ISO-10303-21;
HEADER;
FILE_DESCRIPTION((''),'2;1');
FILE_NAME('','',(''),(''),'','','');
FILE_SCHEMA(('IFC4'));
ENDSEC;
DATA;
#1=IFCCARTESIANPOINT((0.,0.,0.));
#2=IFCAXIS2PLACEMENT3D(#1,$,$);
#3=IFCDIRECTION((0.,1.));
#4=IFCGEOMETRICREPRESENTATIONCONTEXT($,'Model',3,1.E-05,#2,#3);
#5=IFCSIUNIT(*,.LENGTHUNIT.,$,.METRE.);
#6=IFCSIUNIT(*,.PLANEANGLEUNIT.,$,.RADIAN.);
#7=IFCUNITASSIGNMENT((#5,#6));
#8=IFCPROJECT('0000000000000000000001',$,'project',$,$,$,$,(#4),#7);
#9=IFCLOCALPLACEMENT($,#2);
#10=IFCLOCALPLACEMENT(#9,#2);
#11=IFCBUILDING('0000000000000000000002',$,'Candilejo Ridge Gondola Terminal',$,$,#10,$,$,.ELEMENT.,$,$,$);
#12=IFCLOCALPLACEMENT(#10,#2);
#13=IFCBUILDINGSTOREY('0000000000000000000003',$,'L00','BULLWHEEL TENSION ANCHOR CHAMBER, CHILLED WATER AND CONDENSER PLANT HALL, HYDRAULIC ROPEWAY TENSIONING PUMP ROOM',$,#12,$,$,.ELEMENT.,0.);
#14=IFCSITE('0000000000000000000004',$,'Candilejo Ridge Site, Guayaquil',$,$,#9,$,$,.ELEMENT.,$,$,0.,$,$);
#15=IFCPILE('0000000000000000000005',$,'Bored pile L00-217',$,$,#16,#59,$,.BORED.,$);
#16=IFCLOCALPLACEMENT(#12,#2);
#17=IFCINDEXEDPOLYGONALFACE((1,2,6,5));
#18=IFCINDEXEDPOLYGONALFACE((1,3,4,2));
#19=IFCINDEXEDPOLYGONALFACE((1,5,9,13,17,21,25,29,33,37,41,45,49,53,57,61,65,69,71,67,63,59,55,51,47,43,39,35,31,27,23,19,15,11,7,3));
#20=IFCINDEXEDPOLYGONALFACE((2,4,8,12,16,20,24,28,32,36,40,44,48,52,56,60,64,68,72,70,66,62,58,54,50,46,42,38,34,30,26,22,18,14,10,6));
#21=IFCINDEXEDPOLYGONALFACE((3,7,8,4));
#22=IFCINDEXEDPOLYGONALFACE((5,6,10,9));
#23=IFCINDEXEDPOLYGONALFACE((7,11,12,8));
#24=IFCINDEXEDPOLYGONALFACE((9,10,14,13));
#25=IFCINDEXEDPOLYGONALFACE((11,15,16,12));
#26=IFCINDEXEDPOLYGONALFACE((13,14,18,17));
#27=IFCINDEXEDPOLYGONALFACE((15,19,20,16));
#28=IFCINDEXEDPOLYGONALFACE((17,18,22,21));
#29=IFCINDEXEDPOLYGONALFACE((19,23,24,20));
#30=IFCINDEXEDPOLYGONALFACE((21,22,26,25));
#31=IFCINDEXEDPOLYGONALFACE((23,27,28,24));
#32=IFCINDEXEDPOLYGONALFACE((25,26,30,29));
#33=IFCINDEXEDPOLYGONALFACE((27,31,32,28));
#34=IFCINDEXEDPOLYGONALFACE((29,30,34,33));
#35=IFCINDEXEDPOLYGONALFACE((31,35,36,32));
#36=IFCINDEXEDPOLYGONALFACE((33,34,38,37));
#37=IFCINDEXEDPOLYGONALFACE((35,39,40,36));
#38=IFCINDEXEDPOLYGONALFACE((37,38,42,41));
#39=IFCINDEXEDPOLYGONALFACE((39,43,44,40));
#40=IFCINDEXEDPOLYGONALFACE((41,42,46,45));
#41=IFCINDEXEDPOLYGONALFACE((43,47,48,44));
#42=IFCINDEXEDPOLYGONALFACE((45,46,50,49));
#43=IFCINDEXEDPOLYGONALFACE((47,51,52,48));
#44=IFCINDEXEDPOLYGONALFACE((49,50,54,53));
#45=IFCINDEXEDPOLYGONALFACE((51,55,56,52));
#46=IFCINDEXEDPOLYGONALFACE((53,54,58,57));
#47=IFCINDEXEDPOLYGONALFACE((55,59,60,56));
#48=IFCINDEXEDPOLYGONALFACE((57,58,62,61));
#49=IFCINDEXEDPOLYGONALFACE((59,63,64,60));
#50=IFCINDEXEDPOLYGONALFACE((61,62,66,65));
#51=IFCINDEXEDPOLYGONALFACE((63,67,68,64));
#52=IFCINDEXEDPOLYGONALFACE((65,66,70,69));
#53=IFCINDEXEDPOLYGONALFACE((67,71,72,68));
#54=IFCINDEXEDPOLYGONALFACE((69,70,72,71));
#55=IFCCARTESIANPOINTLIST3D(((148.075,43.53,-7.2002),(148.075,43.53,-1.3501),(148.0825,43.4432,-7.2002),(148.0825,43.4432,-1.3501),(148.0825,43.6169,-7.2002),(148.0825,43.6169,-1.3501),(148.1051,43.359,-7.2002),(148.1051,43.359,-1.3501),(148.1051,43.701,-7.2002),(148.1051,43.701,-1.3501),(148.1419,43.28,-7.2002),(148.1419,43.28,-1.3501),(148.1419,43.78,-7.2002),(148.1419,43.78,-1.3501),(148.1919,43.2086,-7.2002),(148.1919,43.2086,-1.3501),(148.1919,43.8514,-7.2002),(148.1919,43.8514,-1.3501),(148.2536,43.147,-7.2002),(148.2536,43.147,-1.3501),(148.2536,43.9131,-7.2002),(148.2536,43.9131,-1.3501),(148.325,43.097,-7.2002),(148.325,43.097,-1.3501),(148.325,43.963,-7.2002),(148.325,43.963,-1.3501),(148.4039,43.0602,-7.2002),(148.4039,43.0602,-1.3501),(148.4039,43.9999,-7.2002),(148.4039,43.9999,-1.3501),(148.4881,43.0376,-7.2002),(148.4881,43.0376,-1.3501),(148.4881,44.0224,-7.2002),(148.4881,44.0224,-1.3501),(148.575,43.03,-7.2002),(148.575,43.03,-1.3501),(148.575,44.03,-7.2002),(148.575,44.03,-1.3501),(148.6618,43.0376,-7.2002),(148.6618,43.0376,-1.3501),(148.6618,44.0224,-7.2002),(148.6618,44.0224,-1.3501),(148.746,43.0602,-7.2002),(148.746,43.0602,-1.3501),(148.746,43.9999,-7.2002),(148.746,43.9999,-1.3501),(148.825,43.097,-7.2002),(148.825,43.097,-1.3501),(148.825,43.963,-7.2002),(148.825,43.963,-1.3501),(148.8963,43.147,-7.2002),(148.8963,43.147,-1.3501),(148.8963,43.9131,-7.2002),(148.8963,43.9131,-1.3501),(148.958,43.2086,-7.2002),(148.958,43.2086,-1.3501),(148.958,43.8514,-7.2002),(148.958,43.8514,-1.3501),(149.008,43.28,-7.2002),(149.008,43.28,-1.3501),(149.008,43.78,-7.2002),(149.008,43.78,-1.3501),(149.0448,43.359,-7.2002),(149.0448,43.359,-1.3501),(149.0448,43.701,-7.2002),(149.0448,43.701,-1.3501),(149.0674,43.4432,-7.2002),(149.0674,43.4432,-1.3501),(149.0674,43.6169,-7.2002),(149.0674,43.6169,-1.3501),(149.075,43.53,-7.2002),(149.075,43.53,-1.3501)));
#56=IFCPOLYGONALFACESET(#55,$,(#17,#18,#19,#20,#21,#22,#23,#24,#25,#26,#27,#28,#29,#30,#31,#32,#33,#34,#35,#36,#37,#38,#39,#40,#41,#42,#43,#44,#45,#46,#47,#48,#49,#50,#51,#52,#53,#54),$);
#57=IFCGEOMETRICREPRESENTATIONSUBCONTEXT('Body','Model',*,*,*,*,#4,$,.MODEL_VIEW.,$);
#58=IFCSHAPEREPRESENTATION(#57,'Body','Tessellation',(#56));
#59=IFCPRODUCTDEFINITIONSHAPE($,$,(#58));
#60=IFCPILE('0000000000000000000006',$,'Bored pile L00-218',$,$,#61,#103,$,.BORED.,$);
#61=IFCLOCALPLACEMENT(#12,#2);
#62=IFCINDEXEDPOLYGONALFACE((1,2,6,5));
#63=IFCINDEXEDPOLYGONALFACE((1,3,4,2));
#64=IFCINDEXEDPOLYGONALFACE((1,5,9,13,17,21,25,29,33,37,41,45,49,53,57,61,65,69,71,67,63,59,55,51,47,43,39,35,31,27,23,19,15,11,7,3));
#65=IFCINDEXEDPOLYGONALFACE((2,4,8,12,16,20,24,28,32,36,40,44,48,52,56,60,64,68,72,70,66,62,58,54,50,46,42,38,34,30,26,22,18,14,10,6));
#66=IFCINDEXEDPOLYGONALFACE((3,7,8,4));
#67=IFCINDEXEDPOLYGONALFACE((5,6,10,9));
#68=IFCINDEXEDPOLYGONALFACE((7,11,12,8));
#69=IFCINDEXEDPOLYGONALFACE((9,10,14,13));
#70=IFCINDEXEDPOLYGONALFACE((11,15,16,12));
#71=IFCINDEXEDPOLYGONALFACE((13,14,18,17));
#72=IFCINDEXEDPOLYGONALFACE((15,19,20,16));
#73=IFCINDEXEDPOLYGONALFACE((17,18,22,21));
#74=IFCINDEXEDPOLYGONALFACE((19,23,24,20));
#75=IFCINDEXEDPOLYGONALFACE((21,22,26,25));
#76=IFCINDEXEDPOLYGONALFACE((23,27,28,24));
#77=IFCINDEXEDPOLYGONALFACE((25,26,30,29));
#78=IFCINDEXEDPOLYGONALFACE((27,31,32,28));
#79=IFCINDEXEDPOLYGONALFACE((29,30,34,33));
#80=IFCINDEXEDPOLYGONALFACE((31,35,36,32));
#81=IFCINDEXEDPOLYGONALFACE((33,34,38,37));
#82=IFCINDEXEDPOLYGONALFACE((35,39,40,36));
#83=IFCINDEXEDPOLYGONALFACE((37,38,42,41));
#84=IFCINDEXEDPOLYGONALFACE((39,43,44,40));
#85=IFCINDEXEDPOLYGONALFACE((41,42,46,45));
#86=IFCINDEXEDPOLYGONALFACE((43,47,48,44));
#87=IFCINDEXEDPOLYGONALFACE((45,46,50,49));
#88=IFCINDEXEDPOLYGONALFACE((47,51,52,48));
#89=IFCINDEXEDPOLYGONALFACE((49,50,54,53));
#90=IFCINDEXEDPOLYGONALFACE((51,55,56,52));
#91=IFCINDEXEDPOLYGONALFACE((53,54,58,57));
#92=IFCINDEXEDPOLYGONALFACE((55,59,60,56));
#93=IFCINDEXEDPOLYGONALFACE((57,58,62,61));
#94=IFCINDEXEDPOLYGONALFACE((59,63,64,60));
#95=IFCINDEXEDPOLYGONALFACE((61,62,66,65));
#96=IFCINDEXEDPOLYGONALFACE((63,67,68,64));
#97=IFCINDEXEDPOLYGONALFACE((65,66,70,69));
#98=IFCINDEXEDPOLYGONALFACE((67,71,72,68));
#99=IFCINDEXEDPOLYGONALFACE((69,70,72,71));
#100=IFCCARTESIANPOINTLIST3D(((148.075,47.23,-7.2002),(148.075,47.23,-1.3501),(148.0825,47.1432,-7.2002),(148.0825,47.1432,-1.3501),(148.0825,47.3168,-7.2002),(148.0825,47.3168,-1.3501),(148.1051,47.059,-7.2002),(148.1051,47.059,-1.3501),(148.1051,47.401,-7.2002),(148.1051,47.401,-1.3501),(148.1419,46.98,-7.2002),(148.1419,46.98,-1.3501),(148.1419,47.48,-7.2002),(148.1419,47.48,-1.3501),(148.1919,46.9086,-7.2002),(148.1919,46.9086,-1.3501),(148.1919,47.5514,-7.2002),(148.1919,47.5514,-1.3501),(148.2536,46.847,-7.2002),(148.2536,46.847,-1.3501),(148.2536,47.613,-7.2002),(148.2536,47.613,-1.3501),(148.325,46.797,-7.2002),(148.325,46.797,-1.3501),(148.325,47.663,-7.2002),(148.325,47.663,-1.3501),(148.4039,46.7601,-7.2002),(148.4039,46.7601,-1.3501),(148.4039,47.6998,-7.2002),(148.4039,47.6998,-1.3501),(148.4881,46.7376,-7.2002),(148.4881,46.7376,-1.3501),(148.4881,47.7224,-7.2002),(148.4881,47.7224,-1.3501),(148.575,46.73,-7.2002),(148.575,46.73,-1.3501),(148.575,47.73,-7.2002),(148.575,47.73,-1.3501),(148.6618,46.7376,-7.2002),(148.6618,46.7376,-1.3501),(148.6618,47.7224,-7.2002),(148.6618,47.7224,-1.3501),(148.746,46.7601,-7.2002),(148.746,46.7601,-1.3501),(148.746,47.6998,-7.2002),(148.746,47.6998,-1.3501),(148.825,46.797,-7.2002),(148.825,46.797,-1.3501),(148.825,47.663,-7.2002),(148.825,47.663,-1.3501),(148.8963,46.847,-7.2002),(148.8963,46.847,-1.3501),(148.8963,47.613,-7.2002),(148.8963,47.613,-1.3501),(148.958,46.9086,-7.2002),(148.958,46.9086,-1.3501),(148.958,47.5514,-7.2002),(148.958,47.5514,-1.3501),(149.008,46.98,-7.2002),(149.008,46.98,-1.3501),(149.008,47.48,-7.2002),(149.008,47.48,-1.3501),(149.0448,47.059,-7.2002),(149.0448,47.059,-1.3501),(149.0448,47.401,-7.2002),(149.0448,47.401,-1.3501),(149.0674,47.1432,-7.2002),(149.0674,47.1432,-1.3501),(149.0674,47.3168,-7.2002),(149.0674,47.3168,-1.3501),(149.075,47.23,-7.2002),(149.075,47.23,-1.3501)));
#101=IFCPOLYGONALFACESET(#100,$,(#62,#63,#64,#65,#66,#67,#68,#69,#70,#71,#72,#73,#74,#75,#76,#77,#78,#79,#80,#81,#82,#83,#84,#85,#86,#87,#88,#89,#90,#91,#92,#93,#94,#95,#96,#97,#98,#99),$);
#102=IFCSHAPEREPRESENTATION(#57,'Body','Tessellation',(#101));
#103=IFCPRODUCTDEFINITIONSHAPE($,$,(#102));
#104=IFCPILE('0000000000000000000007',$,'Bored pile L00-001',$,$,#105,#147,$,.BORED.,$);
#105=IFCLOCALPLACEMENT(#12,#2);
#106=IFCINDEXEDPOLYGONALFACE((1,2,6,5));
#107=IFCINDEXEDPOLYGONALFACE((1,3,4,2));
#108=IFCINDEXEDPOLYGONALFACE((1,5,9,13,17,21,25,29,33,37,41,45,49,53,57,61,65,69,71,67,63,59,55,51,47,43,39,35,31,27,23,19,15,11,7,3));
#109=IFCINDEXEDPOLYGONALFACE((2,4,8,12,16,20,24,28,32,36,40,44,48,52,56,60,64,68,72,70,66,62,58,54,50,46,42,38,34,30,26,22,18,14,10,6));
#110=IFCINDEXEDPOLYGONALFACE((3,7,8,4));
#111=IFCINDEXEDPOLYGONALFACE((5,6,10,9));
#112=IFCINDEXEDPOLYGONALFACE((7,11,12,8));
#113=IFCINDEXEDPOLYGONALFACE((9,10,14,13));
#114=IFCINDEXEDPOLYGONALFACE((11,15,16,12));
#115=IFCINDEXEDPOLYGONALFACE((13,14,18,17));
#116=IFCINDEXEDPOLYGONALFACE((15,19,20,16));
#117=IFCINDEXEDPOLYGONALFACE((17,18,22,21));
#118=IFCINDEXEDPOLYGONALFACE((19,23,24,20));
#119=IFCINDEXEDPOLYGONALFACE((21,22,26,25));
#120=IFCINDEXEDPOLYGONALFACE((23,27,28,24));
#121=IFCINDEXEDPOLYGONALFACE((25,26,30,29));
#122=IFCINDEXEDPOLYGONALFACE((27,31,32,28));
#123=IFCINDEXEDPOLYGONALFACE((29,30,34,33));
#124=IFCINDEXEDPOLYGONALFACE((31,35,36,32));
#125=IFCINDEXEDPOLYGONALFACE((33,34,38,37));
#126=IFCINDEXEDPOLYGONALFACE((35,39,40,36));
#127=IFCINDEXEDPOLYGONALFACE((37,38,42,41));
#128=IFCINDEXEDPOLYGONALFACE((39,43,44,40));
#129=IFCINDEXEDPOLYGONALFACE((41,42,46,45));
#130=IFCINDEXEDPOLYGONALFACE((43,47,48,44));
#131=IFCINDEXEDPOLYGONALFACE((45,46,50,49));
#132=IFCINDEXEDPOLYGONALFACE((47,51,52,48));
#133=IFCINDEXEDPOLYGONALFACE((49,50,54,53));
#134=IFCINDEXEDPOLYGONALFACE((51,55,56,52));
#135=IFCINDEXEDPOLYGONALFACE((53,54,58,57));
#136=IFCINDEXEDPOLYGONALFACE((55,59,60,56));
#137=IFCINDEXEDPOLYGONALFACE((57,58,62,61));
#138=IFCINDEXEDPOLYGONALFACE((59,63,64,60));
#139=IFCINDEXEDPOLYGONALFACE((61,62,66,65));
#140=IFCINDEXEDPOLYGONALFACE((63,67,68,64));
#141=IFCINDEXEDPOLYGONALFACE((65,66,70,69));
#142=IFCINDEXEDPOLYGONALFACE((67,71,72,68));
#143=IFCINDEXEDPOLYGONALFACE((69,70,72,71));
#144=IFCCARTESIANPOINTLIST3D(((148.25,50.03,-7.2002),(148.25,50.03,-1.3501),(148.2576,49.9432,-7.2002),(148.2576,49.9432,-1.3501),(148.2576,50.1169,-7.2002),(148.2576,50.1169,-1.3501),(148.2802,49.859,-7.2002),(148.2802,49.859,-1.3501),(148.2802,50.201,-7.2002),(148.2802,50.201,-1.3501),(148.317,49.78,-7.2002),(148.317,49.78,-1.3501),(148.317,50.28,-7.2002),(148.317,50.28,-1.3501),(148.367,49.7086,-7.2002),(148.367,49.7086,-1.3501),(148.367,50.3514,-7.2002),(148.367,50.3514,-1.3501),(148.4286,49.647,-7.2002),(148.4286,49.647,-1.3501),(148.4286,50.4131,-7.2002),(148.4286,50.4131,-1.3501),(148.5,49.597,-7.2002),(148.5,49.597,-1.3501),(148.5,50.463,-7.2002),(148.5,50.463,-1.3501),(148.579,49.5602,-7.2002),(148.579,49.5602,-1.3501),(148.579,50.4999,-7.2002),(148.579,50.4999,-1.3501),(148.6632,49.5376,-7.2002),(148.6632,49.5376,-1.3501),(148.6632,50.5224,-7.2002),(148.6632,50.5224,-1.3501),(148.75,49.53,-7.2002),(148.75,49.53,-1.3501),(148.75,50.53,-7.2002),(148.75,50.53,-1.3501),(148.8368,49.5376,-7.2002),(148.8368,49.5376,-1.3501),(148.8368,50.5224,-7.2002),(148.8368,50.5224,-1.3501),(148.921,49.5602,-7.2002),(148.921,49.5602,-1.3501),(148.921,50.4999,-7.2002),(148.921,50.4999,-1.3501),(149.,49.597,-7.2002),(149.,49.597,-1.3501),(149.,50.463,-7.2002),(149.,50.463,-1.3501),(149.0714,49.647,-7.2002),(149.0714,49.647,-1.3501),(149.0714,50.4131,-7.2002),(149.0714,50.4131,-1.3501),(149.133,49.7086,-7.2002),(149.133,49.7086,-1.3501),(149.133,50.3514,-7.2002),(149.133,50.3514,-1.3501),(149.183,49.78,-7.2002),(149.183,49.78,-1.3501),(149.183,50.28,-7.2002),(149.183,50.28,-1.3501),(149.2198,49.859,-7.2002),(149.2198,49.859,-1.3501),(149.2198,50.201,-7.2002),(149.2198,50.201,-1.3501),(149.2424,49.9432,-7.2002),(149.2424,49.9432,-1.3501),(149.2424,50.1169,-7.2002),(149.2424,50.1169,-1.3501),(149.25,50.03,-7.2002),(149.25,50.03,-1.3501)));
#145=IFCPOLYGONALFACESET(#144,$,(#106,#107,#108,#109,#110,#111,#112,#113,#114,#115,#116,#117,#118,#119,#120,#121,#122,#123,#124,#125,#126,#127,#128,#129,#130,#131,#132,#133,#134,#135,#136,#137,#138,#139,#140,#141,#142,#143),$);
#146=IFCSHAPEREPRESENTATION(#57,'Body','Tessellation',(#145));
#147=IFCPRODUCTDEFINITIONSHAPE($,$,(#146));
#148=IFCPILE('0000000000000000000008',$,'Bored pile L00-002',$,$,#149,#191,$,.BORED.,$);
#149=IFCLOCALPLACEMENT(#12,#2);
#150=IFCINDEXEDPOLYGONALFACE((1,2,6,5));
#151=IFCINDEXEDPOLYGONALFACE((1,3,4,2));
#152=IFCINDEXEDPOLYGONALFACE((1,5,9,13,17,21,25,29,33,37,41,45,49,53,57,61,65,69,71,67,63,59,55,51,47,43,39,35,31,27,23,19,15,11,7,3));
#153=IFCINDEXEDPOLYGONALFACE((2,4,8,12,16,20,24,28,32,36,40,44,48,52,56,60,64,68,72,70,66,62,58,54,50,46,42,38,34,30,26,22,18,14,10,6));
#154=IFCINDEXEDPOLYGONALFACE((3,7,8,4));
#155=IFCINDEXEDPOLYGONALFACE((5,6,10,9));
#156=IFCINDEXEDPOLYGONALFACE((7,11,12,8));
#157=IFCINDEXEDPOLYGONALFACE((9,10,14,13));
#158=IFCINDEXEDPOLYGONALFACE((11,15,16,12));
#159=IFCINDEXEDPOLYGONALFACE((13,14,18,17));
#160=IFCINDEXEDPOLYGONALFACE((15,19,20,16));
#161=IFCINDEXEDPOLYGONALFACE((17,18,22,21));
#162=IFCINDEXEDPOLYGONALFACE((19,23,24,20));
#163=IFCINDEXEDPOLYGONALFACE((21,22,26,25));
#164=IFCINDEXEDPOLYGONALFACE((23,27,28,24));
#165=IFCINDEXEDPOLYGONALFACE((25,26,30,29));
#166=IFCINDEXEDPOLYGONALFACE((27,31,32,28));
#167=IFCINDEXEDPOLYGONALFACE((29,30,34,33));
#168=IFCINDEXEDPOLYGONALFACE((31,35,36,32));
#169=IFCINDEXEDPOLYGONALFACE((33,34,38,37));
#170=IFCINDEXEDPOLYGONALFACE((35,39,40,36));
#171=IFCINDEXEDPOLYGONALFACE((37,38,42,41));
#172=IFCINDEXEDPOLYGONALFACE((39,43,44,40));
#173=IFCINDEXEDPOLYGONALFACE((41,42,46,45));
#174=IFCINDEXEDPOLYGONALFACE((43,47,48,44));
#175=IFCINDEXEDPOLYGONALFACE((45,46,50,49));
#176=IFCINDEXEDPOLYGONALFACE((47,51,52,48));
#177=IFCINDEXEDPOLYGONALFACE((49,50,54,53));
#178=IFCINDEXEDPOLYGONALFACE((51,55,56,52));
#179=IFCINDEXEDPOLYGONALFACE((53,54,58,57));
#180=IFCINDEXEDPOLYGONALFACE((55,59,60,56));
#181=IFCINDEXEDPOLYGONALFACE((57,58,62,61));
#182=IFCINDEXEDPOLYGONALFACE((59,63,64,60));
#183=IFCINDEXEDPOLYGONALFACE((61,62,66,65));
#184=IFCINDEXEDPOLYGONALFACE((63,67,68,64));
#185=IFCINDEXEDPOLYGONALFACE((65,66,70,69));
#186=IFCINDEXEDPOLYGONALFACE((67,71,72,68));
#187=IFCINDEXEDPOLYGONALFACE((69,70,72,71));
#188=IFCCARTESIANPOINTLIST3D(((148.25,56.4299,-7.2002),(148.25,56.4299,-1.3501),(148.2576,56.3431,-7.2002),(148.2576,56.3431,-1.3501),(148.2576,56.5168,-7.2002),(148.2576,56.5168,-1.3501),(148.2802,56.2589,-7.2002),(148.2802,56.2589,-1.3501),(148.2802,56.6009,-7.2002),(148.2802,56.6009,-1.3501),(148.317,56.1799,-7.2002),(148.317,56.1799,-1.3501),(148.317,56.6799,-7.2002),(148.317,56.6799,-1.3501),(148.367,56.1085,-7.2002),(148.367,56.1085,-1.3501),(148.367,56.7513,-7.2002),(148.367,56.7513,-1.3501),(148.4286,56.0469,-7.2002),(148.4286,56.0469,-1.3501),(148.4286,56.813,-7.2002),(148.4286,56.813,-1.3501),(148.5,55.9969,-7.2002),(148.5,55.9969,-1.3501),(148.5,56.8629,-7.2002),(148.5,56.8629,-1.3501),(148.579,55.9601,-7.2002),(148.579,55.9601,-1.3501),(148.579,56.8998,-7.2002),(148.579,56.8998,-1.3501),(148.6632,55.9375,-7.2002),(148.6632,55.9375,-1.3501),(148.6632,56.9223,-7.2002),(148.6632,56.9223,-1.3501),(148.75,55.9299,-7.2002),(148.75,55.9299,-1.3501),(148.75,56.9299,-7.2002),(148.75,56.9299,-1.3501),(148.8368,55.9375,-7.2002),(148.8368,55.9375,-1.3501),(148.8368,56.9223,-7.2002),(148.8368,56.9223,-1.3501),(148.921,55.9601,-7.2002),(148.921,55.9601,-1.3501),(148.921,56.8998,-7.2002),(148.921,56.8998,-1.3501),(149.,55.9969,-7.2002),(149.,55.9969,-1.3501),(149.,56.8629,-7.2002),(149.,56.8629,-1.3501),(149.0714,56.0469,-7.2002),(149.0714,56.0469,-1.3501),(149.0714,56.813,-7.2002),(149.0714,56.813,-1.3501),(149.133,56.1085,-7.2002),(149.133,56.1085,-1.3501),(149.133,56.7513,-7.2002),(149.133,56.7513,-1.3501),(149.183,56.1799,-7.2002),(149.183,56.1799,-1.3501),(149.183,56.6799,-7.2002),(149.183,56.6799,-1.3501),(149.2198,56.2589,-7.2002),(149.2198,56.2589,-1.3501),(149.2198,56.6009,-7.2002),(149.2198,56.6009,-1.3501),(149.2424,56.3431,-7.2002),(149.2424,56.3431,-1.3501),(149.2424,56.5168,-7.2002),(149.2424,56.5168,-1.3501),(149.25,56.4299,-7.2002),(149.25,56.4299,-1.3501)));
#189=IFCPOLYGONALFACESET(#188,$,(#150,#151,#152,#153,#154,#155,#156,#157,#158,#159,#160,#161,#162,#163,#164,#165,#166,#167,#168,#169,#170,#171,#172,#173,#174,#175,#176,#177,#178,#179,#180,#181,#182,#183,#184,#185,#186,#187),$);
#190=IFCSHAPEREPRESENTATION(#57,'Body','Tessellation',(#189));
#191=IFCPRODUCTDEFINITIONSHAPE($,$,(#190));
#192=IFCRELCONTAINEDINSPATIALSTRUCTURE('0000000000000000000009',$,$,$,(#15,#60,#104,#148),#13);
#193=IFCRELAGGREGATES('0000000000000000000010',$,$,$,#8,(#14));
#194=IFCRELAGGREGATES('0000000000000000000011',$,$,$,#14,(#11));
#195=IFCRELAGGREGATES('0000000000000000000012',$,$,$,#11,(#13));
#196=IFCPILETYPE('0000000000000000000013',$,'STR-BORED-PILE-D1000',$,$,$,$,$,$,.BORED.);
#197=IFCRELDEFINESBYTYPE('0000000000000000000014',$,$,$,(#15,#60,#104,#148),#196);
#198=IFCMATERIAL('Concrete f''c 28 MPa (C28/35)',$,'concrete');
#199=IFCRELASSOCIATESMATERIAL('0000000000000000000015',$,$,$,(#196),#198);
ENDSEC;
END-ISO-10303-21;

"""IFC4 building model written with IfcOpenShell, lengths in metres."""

from ifc_helpers import new_model, si_unit, direction, frame, origin, origin_2d, place, context, subcontext, project, spatial, circle, extrude, material, material_profile, profile_set, type_object, element, save


model = new_model("IFC4")

# Units and contexts
model_context = context("Model", 3, precision=1e-05, world=origin(), true_north=direction((0.0, 1.0)))
body_context = subcontext(model_context, "Body", "Model", "MODEL_VIEW")
ifc_project = project(units=[si_unit("LENGTHUNIT", "METRE"), si_unit("PLANEANGLEUNIT", "RADIAN")], contexts=[model_context])

# Site, building, storey
site_placement = place(None, origin())
site = spatial("IfcSite", under=ifc_project, at=site_placement, Name="Candilejo Ridge Site, Guayaquil", CompositionType="ELEMENT", RefElevation=0.0)
building_placement = place(site_placement, origin())
building = spatial("IfcBuilding", under=site, at=building_placement, Name="Candilejo Ridge Gondola Terminal", CompositionType="ELEMENT")
storey_placement = place(building_placement, origin())
storey = spatial("IfcBuildingStorey", under=building, at=storey_placement, Name="L00", Description="BULLWHEEL TENSION ANCHOR CHAMBER, CHILLED WATER AND CONDENSER PLANT HALL, HYDRAULIC ROPEWAY TENSIONING PUMP ROOM", CompositionType="ELEMENT", Elevation=0.0)

# Piles
ifc_material_1 = material(Name="Concrete f'c 28 MPa (C28/35)", Category="concrete")
ifc_material_profile_1 = material_profile(ifc_material_1, circle(Radius=0.5, at=origin_2d()))
ifc_profile_set_1 = profile_set([ifc_material_profile_1], Name="Concrete f'c 28 MPa (C28/35)")
pile_type = type_object("IfcPileType", Name="STR-BORED-PILE-D1000", PredefinedType="BORED", material=ifc_profile_set_1)
for number, where, z_axis, x_axis, name in (
    (1, (148.575, 43.53, -1.3501), (0.0, 0.0, -1.0), (1.0, 0.0, 0.0), "Bored pile L00-217"),
    (2, (148.575, 47.23, -1.3501), (0.0, 0.0, -1.0), (1.0, 0.0, 0.0), "Bored pile L00-218"),
    (3, (148.75, 50.03, -1.3501), (0.0, 0.0, -1.0), (1.0, 0.0, 0.0), "Bored pile L00-001"),
    (4, (148.75, 56.4299, -1.3501), (0.0, 0.0, -1.0), (1.0, 0.0, 0.0), "Bored pile L00-002"),
):
    element("IfcPile", number, at=place(storey_placement, frame(where, z_axis=z_axis, x_axis=x_axis)), inside=storey, type_object=pile_type, Name=name, PredefinedType="BORED", context=body_context, shape_type="SweptSolid", body=[
        extrude(circle(Radius=0.5, at=origin_2d()), origin(), (0.0, 0.0, 1.0), 5.8501),
    ])

save(model, "model.ifc")
